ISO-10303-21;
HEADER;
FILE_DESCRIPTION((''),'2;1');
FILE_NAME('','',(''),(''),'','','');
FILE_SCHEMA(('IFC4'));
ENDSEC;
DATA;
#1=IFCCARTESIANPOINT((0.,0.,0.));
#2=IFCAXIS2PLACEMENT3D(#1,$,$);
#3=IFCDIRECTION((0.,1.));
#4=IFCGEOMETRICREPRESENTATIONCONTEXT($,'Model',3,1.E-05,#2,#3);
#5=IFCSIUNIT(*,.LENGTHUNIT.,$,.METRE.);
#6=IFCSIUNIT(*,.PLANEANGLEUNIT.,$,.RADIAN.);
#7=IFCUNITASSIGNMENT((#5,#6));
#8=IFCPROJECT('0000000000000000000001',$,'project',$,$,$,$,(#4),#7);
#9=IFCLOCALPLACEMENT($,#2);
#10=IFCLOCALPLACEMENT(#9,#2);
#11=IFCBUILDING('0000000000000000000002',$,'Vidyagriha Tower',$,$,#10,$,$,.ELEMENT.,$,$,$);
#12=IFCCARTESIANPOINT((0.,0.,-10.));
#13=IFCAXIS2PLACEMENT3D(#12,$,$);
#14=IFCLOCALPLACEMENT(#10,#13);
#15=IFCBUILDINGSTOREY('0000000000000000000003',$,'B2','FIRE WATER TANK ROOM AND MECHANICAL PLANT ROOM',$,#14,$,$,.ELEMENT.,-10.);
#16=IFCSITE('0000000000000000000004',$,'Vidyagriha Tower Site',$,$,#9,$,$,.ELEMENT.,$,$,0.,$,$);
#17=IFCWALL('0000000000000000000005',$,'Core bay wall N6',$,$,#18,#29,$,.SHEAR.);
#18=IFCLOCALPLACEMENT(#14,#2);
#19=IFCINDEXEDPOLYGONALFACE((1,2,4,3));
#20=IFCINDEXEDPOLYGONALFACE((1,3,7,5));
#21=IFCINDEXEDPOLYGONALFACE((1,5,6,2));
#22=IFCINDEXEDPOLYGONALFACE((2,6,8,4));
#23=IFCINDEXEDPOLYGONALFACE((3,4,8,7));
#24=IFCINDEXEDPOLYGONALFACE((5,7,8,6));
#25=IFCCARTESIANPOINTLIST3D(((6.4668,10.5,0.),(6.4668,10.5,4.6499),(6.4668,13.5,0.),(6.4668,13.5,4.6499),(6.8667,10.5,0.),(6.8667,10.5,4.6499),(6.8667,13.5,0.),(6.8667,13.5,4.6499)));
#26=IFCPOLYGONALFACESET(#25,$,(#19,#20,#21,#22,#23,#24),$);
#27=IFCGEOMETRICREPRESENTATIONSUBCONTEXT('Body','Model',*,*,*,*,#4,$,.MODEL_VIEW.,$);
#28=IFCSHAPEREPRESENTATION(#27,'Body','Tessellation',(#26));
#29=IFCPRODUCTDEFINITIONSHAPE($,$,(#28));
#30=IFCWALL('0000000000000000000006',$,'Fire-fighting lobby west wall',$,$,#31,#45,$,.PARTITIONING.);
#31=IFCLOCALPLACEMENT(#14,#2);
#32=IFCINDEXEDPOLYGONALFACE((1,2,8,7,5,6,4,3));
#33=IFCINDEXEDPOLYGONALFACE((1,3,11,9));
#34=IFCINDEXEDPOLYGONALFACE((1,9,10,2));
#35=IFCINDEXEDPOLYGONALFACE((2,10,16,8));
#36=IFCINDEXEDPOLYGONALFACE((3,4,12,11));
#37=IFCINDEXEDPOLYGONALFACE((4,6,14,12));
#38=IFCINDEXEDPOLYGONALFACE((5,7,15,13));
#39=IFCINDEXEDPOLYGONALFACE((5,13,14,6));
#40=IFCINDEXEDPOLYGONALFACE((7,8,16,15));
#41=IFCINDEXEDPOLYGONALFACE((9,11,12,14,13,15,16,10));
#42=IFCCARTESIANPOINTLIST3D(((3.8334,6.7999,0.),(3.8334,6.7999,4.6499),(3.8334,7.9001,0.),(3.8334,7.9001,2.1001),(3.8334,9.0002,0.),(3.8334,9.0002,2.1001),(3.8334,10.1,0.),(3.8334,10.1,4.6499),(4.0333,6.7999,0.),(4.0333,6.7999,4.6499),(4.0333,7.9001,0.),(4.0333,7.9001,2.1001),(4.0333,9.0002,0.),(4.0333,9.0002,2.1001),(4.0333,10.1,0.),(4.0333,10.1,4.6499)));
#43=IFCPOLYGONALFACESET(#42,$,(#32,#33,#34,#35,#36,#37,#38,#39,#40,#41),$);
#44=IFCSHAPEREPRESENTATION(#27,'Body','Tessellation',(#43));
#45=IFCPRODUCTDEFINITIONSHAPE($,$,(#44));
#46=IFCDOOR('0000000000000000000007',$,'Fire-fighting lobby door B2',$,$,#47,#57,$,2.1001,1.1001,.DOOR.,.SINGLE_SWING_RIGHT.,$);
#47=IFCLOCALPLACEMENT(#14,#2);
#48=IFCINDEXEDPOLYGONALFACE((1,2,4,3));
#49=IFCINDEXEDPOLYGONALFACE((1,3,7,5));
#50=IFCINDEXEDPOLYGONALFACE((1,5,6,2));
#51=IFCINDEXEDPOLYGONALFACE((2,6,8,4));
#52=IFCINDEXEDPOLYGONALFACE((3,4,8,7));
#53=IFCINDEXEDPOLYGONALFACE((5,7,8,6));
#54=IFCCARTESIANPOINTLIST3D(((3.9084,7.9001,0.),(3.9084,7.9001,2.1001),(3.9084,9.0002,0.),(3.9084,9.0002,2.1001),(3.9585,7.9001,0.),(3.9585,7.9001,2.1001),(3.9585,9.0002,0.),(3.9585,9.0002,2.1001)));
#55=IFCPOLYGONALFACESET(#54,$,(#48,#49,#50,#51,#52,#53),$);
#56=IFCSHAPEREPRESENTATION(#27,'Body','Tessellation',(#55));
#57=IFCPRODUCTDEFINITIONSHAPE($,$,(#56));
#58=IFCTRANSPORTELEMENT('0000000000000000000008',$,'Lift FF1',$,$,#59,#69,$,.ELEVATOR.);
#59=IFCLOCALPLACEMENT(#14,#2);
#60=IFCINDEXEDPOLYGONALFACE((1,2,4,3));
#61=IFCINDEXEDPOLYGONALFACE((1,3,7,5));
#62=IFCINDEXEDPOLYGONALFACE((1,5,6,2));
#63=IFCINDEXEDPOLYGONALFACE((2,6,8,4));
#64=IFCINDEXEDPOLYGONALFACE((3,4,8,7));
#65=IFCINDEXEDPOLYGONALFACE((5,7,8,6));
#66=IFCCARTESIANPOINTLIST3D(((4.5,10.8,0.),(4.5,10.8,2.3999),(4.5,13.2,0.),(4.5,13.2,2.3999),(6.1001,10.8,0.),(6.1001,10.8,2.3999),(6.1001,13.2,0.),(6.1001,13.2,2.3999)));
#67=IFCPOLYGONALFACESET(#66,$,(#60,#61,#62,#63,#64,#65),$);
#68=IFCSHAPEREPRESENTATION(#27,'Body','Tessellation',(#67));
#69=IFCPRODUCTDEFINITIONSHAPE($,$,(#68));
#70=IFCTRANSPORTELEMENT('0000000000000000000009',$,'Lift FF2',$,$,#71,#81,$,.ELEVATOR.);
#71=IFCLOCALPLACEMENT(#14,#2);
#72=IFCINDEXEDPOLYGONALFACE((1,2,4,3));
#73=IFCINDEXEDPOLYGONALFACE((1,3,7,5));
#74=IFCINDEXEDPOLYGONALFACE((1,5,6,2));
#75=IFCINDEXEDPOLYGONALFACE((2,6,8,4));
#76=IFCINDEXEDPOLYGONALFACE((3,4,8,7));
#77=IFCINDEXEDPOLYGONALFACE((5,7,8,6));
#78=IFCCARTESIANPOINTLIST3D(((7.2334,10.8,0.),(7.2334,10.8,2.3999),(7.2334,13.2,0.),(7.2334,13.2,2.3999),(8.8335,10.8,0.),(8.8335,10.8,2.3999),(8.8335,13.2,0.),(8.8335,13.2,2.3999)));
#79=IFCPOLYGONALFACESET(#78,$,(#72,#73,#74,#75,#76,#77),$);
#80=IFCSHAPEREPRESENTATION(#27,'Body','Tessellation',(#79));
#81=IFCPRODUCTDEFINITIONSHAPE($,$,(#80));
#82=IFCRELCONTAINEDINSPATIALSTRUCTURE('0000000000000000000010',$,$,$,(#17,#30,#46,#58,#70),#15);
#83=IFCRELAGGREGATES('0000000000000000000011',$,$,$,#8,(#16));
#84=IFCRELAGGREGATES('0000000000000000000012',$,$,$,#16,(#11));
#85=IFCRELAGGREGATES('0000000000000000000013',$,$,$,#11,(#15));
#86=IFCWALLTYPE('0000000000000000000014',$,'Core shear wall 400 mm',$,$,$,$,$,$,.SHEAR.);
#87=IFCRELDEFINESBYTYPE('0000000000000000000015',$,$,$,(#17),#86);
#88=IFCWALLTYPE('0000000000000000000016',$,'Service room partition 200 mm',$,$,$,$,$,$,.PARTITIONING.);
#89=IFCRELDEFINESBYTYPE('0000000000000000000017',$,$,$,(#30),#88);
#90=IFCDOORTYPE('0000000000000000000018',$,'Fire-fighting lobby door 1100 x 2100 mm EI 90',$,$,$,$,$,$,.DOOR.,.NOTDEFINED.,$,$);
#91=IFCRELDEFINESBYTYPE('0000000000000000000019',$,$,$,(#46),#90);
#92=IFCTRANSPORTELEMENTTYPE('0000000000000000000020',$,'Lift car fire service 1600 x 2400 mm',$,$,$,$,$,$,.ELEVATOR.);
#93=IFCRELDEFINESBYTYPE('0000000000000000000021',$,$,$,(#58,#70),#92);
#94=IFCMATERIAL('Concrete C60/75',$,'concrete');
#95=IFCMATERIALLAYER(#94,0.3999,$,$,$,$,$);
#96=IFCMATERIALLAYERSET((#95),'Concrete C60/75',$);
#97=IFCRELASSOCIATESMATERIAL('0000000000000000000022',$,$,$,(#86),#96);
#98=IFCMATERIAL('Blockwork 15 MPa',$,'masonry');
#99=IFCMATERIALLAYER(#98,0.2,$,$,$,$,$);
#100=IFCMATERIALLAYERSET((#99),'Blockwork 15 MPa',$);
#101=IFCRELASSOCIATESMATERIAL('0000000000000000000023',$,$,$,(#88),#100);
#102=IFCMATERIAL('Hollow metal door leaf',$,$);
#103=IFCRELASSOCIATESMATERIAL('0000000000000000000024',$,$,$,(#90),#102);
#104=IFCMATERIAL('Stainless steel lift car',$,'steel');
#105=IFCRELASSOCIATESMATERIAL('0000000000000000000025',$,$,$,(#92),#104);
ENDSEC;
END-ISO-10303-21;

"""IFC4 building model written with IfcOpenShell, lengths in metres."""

from ifc_helpers import new_model, si_unit, direction, frame, frame_2d, origin, origin_2d, place, context, subcontext, project, spatial, rectangle, extrude, material, layer, layer_set, type_object, element, fill, save


model = new_model("IFC4")

# Units and contexts
model_context = context("Model", 3, precision=1e-05, world=origin(), true_north=direction((0.0, 1.0)))
body_context = subcontext(model_context, "Body", "Model", "MODEL_VIEW")
ifc_project = project(units=[si_unit("LENGTHUNIT", "METRE"), si_unit("PLANEANGLEUNIT", "RADIAN")], contexts=[model_context])

# Site, building, storey
site_placement = place(None, origin())
site = spatial("IfcSite", under=ifc_project, at=site_placement, Name="Vidyagriha Tower Site", CompositionType="ELEMENT", RefElevation=0.0)
building_placement = place(site_placement, origin())
building = spatial("IfcBuilding", under=site, at=building_placement, Name="Vidyagriha Tower", CompositionType="ELEMENT")
storey_placement = place(building_placement, frame((0.0, 0.0, -10.0)))
storey = spatial("IfcBuildingStorey", under=building, at=storey_placement, Name="B2", Description="FIRE WATER TANK ROOM AND MECHANICAL PLANT ROOM", CompositionType="ELEMENT", Elevation=-10.0)

# Shared definitions
ifc_material_1 = material(Name="Concrete C60/75", Category="concrete")
ifc_layer_1 = layer(ifc_material_1, 0.3999)
ifc_layer_set_1 = layer_set([ifc_layer_1], Name="Concrete C60/75")
wall_type_1 = type_object("IfcWallType", Name="Core shear wall 400 mm", PredefinedType="SHEAR", material=ifc_layer_set_1)

# Wall
for number, where, z_axis, x_axis, name in (
    (1, (6.6667, 10.5, 0.0), (0.0, 0.0, 1.0), (0.0, 1.0, 0.0), "Core bay wall N6"),
):
    element("IfcWall", number, at=place(storey_placement, frame(where, z_axis=z_axis, x_axis=x_axis)), inside=storey, type_object=wall_type_1, Name=name, PredefinedType="SHEAR", context=body_context, shape_type="SweptSolid", body=[
        extrude(rectangle(XDim=3.0, YDim=0.3999, at=frame_2d((1.5, 0.0))), origin(), (0.0, 0.0, 1.0), 4.6499),
    ])

# Wall, opening, door
ifc_material_2 = material(Name="Blockwork 15 MPa", Category="masonry")
ifc_layer_2 = layer(ifc_material_2, 0.2)
ifc_layer_set_2 = layer_set([ifc_layer_2], Name="Blockwork 15 MPa")
wall_type_2 = type_object("IfcWallType", Name="Service room partition 200 mm", PredefinedType="PARTITIONING", material=ifc_layer_set_2)
wall_1_placement = place(storey_placement, frame((3.9333, 6.8, 0.0), z_axis=(0.0, 0.0, 1.0), x_axis=(0.0, 1.0, 0.0)))
wall_1 = element("IfcWall", 2, at=wall_1_placement, inside=storey, type_object=wall_type_2, Name="Fire-fighting lobby west wall", PredefinedType="PARTITIONING", context=body_context, shape_type="SweptSolid", body=[
    extrude(rectangle(XDim=3.3, YDim=0.2, at=frame_2d((1.6499, 0.0))), origin(), (0.0, 0.0, 1.0), 4.6499),
])
opening_1_placement = place(wall_1_placement, frame((1.1001, 0.0, 0.0)))
opening_1 = element("IfcOpeningElement", 3, at=opening_1_placement, cuts=wall_1, PredefinedType="OPENING", context=body_context, shape_type="SweptSolid", body=[
    extrude(rectangle(XDim=1.1001, YDim=2.1001, at=frame_2d((0.55, 1.05))), frame((0.0, 0.1099, 0.0), z_axis=(0.0, -1.0, 0.0), x_axis=(1.0, 0.0, 0.0)), (0.0, 0.0, 1.0), 0.22),
])
ifc_material_3 = material(Name="Hollow metal door leaf")
door_type_1 = type_object("IfcDoorType", Name="Fire-fighting lobby door 1100 x 2100 mm EI 90", OperationType="NOTDEFINED", PredefinedType="DOOR", material=ifc_material_3)
door_1_placement = place(opening_1_placement, origin())
door_1 = element("IfcDoor", 4, at=door_1_placement, inside=storey, type_object=door_type_1, Name="Fire-fighting lobby door B2", OperationType="SINGLE_SWING_RIGHT", OverallHeight=2.1001, OverallWidth=1.1001, PredefinedType="DOOR", context=body_context, shape_type="SweptSolid", body=[
    extrude(rectangle(XDim=1.1001, YDim=2.1001, at=frame_2d((0.55, 1.05))), frame((0.0, 0.0249, 0.0), z_axis=(0.0, -1.0, 0.0), x_axis=(1.0, 0.0, 0.0)), (0.0, 0.0, 1.0), 0.05),
])
fill(opening_1, door_1)

# Transport elements
ifc_material_4 = material(Name="Stainless steel lift car", Category="steel")
transport_element_type = type_object("IfcTransportElementType", Name="Lift car fire service 1600 x 2400 mm", PredefinedType="ELEVATOR", material=ifc_material_4)
for number, where, name in (
    (5, (5.3, 12.0, 0.0), "Lift FF1"),
    (6, (8.0334, 12.0, 0.0), "Lift FF2"),
):
    element("IfcTransportElement", number, at=place(storey_placement, frame(where)), inside=storey, type_object=transport_element_type, Name=name, PredefinedType="ELEVATOR", context=body_context, shape_type="SweptSolid", body=[
        extrude(rectangle(XDim=1.6001, YDim=2.3999, at=origin_2d()), origin(), (0.0, 0.0, 1.0), 2.3999),
    ])

save(model, "model.ifc")
